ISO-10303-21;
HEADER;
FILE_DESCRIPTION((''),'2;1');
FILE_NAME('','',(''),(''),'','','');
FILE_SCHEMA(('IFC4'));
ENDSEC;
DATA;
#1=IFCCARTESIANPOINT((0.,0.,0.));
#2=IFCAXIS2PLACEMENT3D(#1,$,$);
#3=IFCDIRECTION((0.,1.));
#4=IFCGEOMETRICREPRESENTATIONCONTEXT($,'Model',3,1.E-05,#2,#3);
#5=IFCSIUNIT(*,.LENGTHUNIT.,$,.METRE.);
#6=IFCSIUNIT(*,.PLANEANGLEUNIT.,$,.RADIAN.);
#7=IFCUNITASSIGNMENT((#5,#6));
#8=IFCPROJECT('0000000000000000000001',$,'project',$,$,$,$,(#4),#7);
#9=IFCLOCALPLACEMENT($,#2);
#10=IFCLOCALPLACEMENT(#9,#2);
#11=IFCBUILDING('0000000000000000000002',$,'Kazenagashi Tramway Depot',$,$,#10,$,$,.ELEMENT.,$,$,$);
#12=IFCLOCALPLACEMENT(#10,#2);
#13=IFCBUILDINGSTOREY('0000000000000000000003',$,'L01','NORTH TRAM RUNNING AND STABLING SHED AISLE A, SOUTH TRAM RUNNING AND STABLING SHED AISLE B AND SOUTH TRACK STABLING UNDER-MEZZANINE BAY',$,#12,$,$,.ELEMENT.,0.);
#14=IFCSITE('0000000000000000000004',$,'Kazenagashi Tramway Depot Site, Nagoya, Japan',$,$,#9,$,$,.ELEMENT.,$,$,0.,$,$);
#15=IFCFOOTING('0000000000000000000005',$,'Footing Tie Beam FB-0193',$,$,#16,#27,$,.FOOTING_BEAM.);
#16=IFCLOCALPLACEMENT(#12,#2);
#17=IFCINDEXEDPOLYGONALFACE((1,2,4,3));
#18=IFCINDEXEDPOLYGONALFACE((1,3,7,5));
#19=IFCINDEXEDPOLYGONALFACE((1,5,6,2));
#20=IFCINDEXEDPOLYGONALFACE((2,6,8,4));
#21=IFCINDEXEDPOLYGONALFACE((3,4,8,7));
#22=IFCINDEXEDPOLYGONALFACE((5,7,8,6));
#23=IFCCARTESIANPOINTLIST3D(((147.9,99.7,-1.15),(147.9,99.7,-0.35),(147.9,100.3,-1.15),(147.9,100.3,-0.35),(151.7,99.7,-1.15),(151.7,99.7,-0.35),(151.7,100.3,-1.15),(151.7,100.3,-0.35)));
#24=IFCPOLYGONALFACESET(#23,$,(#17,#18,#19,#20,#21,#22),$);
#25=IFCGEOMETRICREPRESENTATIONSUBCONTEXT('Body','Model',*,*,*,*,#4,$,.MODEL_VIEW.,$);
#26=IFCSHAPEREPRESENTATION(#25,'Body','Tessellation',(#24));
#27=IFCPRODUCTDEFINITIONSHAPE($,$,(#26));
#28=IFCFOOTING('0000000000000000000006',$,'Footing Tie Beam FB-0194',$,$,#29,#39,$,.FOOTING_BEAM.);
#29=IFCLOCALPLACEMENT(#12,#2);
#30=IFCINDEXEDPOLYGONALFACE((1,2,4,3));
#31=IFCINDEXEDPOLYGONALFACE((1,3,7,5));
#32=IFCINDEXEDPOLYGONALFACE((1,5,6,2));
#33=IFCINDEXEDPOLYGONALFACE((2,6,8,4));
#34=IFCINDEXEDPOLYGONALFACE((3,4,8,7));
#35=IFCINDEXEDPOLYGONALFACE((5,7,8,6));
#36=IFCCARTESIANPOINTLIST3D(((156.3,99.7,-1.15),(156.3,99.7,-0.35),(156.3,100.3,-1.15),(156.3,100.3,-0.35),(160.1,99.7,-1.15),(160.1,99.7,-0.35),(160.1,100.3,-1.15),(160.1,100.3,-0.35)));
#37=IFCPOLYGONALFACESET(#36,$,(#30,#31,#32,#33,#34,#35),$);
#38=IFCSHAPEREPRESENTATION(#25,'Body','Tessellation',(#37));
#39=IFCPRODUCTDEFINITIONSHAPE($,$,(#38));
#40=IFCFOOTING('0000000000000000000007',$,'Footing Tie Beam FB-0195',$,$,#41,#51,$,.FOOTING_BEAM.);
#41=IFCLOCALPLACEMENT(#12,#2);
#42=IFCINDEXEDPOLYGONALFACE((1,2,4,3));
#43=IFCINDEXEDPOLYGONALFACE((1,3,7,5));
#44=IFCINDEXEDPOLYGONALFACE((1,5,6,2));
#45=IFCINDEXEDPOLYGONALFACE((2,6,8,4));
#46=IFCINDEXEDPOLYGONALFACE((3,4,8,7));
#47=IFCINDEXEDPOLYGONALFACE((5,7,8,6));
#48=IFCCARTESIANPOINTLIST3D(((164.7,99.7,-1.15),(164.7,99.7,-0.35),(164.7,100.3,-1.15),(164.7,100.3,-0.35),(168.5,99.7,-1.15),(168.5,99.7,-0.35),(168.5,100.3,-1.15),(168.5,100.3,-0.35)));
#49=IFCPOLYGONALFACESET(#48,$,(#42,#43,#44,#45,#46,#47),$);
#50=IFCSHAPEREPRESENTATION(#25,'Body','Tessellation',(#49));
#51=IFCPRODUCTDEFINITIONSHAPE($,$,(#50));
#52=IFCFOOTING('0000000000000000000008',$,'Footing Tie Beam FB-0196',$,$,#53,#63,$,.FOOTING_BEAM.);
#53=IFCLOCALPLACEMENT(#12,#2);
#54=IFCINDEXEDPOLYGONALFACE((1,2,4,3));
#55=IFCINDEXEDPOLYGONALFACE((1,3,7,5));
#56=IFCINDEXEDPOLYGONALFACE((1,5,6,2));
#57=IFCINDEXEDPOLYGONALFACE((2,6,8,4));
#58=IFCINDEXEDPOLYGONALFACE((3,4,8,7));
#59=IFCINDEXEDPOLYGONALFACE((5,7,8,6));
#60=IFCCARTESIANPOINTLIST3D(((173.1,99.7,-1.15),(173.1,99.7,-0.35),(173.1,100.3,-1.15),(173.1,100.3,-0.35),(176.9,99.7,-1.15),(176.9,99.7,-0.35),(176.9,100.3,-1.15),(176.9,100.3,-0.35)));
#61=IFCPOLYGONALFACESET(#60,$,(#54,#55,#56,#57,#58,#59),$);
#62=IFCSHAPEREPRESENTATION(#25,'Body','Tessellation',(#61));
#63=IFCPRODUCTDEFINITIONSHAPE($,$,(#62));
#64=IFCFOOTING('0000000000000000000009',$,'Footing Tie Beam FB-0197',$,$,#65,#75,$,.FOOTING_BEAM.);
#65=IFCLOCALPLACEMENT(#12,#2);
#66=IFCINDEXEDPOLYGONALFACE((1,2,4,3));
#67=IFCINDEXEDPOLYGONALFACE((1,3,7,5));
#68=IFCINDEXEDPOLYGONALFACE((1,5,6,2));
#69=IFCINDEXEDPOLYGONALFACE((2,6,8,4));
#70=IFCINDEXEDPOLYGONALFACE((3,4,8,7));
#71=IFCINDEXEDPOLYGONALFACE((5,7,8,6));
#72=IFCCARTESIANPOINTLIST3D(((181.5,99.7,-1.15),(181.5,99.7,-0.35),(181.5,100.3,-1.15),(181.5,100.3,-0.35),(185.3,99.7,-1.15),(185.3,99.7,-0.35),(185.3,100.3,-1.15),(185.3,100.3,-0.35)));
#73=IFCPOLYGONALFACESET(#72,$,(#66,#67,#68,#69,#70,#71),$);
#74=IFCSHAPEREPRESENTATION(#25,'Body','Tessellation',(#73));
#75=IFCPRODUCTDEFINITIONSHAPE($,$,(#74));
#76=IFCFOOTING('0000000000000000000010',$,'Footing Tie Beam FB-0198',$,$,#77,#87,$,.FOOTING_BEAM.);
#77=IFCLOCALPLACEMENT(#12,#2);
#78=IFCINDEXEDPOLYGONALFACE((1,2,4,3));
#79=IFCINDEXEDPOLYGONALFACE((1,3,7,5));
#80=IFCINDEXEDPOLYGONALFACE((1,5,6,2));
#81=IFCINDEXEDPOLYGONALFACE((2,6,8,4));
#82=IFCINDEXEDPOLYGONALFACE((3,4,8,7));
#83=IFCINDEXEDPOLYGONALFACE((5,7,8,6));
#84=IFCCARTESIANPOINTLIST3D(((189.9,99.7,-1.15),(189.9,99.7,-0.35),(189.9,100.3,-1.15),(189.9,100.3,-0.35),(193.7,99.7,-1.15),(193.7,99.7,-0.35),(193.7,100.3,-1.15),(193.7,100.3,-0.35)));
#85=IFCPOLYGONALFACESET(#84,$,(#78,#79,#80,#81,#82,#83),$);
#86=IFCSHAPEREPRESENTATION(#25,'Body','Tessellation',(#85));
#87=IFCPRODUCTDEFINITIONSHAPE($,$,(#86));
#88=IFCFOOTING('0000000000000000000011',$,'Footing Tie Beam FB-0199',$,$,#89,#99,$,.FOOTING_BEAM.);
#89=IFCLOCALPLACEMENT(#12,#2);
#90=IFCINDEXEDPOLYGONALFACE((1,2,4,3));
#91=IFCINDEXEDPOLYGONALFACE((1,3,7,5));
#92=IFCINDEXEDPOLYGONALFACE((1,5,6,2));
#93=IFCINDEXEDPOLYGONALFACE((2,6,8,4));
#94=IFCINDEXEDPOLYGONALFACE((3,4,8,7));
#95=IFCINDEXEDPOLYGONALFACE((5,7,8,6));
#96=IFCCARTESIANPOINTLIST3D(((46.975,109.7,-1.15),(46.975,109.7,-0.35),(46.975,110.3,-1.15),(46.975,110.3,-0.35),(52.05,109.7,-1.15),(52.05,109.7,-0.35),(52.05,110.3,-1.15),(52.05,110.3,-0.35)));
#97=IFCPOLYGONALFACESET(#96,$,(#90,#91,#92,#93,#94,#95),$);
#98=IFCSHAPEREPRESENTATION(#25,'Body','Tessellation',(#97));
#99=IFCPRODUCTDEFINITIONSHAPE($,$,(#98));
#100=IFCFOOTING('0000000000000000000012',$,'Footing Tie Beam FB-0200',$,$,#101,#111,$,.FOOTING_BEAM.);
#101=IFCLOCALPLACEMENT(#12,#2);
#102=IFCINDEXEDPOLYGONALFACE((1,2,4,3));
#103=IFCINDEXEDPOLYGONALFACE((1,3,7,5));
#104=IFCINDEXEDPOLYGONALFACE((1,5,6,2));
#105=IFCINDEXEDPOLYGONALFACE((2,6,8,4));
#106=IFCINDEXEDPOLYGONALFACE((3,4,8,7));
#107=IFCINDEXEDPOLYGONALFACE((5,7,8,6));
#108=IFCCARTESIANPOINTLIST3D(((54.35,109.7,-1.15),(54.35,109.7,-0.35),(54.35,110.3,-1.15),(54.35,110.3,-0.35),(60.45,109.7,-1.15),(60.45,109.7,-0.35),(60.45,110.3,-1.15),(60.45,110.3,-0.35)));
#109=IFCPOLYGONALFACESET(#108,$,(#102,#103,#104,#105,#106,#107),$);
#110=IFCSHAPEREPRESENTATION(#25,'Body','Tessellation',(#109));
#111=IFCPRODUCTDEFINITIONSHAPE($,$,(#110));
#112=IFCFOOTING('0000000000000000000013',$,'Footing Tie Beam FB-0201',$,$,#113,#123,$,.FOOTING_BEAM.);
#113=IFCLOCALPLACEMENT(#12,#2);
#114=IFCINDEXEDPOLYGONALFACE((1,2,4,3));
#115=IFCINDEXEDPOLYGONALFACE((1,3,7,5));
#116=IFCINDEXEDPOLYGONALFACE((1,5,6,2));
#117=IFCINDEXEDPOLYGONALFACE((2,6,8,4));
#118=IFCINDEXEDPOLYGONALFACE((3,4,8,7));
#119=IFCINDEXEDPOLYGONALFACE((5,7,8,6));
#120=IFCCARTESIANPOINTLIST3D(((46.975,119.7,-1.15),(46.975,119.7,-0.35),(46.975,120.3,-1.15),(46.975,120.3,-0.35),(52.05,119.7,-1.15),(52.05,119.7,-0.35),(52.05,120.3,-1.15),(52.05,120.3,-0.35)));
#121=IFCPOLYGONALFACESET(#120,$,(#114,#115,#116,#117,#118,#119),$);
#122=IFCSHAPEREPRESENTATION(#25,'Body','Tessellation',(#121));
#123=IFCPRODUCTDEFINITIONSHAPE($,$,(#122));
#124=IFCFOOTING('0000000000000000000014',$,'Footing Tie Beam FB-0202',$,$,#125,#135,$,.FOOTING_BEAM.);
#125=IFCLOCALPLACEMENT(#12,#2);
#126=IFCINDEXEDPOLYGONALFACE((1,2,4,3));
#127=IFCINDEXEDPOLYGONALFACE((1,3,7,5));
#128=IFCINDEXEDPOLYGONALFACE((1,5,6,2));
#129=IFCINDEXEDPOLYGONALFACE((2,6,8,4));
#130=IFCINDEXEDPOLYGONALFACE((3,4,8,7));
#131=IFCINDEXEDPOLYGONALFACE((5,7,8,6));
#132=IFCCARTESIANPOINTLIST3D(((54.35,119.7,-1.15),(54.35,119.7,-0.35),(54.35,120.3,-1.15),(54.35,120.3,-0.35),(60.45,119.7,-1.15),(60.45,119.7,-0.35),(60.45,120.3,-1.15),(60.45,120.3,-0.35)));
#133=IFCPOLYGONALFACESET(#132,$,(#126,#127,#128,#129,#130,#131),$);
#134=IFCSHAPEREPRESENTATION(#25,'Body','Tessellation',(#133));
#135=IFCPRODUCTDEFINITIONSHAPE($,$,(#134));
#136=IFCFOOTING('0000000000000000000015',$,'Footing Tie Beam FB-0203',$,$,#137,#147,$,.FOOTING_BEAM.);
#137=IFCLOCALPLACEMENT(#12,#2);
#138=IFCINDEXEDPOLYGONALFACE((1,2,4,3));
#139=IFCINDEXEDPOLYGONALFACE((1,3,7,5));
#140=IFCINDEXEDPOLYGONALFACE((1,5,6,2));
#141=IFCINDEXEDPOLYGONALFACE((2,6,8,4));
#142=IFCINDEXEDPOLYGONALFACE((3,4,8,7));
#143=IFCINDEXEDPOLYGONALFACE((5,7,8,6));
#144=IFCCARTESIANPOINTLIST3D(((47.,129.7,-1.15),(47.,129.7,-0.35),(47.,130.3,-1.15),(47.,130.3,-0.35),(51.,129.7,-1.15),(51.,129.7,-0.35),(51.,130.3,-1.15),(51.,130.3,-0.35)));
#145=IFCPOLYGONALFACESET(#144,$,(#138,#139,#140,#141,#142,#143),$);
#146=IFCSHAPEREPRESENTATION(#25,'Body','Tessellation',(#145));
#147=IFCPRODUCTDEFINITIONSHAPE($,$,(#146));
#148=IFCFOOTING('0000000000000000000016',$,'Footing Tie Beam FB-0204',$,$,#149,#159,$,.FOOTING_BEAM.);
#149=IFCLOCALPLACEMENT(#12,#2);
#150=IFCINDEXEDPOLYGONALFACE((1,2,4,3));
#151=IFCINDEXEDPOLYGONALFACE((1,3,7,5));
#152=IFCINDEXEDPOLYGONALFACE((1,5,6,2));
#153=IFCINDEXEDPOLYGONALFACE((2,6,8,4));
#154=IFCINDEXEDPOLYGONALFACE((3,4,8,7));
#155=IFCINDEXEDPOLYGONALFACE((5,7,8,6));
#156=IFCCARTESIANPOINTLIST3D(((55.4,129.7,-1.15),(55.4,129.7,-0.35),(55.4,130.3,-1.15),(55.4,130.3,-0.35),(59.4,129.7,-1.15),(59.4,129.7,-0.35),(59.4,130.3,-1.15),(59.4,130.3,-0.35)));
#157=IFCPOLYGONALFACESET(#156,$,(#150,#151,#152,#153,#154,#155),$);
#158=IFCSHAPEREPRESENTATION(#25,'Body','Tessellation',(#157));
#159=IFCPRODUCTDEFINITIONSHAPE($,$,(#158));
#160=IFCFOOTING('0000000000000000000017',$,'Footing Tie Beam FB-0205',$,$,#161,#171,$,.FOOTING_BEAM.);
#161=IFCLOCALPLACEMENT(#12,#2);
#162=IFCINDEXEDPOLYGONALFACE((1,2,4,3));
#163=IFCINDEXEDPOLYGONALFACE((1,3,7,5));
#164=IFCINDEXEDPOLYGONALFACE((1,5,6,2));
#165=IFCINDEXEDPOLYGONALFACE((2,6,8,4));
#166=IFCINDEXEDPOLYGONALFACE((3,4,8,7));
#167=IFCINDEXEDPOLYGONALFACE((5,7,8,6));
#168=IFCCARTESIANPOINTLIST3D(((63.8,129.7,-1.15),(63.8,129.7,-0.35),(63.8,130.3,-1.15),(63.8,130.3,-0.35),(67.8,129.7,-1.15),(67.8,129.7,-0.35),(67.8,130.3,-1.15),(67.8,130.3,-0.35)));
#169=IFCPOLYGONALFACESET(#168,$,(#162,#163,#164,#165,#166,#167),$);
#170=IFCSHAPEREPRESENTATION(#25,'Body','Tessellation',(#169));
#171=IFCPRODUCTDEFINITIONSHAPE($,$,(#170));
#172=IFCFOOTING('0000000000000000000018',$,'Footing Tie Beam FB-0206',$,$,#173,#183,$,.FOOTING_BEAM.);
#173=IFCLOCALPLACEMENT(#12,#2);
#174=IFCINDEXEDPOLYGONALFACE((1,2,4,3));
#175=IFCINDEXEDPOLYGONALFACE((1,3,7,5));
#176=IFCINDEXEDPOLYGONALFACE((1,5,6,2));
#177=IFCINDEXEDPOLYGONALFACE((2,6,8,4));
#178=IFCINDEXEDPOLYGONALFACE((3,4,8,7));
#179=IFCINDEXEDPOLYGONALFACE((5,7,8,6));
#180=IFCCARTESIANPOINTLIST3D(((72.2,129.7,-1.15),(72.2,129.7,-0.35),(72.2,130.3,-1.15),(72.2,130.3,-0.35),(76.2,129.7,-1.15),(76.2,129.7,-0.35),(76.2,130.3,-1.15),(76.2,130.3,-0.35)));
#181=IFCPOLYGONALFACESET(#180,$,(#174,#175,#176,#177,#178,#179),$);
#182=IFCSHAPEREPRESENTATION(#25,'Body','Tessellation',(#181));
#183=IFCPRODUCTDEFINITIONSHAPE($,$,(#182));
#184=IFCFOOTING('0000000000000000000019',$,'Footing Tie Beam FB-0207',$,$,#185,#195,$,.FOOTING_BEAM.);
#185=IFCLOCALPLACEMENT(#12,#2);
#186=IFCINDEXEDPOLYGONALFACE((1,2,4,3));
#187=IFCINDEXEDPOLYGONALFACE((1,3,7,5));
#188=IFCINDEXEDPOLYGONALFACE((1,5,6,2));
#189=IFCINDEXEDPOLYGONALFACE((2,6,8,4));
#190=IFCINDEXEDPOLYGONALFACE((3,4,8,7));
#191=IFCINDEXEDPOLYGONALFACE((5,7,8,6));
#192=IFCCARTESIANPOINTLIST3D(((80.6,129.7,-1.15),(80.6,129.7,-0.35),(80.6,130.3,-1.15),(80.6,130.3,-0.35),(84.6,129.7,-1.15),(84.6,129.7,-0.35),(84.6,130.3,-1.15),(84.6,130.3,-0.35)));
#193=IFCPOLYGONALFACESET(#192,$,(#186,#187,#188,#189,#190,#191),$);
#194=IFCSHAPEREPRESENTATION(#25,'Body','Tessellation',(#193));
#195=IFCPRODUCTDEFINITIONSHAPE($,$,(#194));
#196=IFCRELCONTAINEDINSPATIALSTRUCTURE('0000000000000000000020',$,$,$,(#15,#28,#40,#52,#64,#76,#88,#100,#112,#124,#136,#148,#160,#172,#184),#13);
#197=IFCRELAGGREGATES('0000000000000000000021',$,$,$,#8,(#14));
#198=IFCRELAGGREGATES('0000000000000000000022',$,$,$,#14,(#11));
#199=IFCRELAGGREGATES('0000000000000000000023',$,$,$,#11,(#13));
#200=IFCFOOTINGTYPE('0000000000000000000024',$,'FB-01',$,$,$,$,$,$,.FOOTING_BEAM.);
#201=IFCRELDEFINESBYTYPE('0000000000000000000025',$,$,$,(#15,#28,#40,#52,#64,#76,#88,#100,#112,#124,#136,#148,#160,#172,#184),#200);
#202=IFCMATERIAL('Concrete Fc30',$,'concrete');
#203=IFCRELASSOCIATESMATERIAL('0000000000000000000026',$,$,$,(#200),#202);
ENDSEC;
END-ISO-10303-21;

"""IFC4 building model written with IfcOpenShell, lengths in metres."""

from ifc_helpers import new_model, si_unit, direction, frame, origin, place, context, subcontext, project, spatial, polyline, outline, extrude, material, type_object, element, save


model = new_model("IFC4")

# Units and contexts
model_context = context("Model", 3, precision=1e-05, world=origin(), true_north=direction((0.0, 1.0)))
body_context = subcontext(model_context, "Body", "Model", "MODEL_VIEW")
ifc_project = project(units=[si_unit("LENGTHUNIT", "METRE"), si_unit("PLANEANGLEUNIT", "RADIAN")], contexts=[model_context])

# Site, building, storey
site_placement = place(None, origin())
site = spatial("IfcSite", under=ifc_project, at=site_placement, Name="Kazenagashi Tramway Depot Site, Nagoya, Japan", CompositionType="ELEMENT", RefElevation=0.0)
building_placement = place(site_placement, origin())
building = spatial("IfcBuilding", under=site, at=building_placement, Name="Kazenagashi Tramway Depot", CompositionType="ELEMENT")
storey_placement = place(building_placement, origin())
storey = spatial("IfcBuildingStorey", under=building, at=storey_placement, Name="L01", Description="NORTH TRAM RUNNING AND STABLING SHED AISLE A, SOUTH TRAM RUNNING AND STABLING SHED AISLE B AND SOUTH TRACK STABLING UNDER-MEZZANINE BAY", CompositionType="ELEMENT", Elevation=0.0)

# Footings
ifc_material = material(Name="Concrete Fc30", Category="concrete")
footing_type = type_object("IfcFootingType", Name="FB-01", PredefinedType="FOOTING_BEAM", material=ifc_material)
footing_1_placement = place(storey_placement, frame((0.0, 0.0, -1.15)))
element("IfcFooting", 1, at=footing_1_placement, inside=storey, type_object=footing_type, Name="Footing Tie Beam FB-0193", PredefinedType="FOOTING_BEAM", context=body_context, shape_type="SweptSolid", body=[
    extrude(outline(polyline([(147.9, 99.7), (151.7, 99.7), (151.7, 100.3), (147.9, 100.3), (147.9, 99.7)])), origin(), (0.0, 0.0, 1.0), 0.8),
])
footing_2_placement = place(storey_placement, frame((0.0, 0.0, -1.15)))
element("IfcFooting", 2, at=footing_2_placement, inside=storey, type_object=footing_type, Name="Footing Tie Beam FB-0194", PredefinedType="FOOTING_BEAM", context=body_context, shape_type="SweptSolid", body=[
    extrude(outline(polyline([(156.3, 99.7), (160.1, 99.7), (160.1, 100.3), (156.3, 100.3), (156.3, 99.7)])), origin(), (0.0, 0.0, 1.0), 0.8),
])
footing_3_placement = place(storey_placement, frame((0.0, 0.0, -1.15)))
element("IfcFooting", 3, at=footing_3_placement, inside=storey, type_object=footing_type, Name="Footing Tie Beam FB-0195", PredefinedType="FOOTING_BEAM", context=body_context, shape_type="SweptSolid", body=[
    extrude(outline(polyline([(164.7, 99.7), (168.5, 99.7), (168.5, 100.3), (164.7, 100.3), (164.7, 99.7)])), origin(), (0.0, 0.0, 1.0), 0.8),
])
footing_4_placement = place(storey_placement, frame((0.0, 0.0, -1.15)))
element("IfcFooting", 4, at=footing_4_placement, inside=storey, type_object=footing_type, Name="Footing Tie Beam FB-0196", PredefinedType="FOOTING_BEAM", context=body_context, shape_type="SweptSolid", body=[
    extrude(outline(polyline([(173.1, 99.7), (176.9, 99.7), (176.9, 100.3), (173.1, 100.3), (173.1, 99.7)])), origin(), (0.0, 0.0, 1.0), 0.8),
])
footing_5_placement = place(storey_placement, frame((0.0, 0.0, -1.15)))
element("IfcFooting", 5, at=footing_5_placement, inside=storey, type_object=footing_type, Name="Footing Tie Beam FB-0197", PredefinedType="FOOTING_BEAM", context=body_context, shape_type="SweptSolid", body=[
    extrude(outline(polyline([(181.5, 99.7), (185.3, 99.7), (185.3, 100.3), (181.5, 100.3), (181.5, 99.7)])), origin(), (0.0, 0.0, 1.0), 0.8),
])
footing_6_placement = place(storey_placement, frame((0.0, 0.0, -1.15)))
element("IfcFooting", 6, at=footing_6_placement, inside=storey, type_object=footing_type, Name="Footing Tie Beam FB-0198", PredefinedType="FOOTING_BEAM", context=body_context, shape_type="SweptSolid", body=[
    extrude(outline(polyline([(189.9, 99.7), (193.7, 99.7), (193.7, 100.3), (189.9, 100.3), (189.9, 99.7)])), origin(), (0.0, 0.0, 1.0), 0.8),
])
footing_7_placement = place(storey_placement, frame((0.0, 0.0, -1.15)))
element("IfcFooting", 7, at=footing_7_placement, inside=storey, type_object=footing_type, Name="Footing Tie Beam FB-0199", PredefinedType="FOOTING_BEAM", context=body_context, shape_type="SweptSolid", body=[
    extrude(outline(polyline([(46.975, 109.7), (52.05, 109.7), (52.05, 110.3), (46.975, 110.3), (46.975, 109.7)])), origin(), (0.0, 0.0, 1.0), 0.8),
])
footing_8_placement = place(storey_placement, frame((0.0, 0.0, -1.15)))
element("IfcFooting", 8, at=footing_8_placement, inside=storey, type_object=footing_type, Name="Footing Tie Beam FB-0200", PredefinedType="FOOTING_BEAM", context=body_context, shape_type="SweptSolid", body=[
    extrude(outline(polyline([(54.35, 109.7), (60.45, 109.7), (60.45, 110.3), (54.35, 110.3), (54.35, 109.7)])), origin(), (0.0, 0.0, 1.0), 0.8),
])
footing_9_placement = place(storey_placement, frame((0.0, 0.0, -1.15)))
element("IfcFooting", 9, at=footing_9_placement, inside=storey, type_object=footing_type, Name="Footing Tie Beam FB-0201", PredefinedType="FOOTING_BEAM", context=body_context, shape_type="SweptSolid", body=[
    extrude(outline(polyline([(46.975, 119.7), (52.05, 119.7), (52.05, 120.3), (46.975, 120.3), (46.975, 119.7)])), origin(), (0.0, 0.0, 1.0), 0.8),
])
footing_10_placement = place(storey_placement, frame((0.0, 0.0, -1.15)))
element("IfcFooting", 10, at=footing_10_placement, inside=storey, type_object=footing_type, Name="Footing Tie Beam FB-0202", PredefinedType="FOOTING_BEAM", context=body_context, shape_type="SweptSolid", body=[
    extrude(outline(polyline([(54.35, 119.7), (60.45, 119.7), (60.45, 120.3), (54.35, 120.3), (54.35, 119.7)])), origin(), (0.0, 0.0, 1.0), 0.8),
])
footing_11_placement = place(storey_placement, frame((0.0, 0.0, -1.15)))
element("IfcFooting", 11, at=footing_11_placement, inside=storey, type_object=footing_type, Name="Footing Tie Beam FB-0203", PredefinedType="FOOTING_BEAM", context=body_context, shape_type="SweptSolid", body=[
    extrude(outline(polyline([(47.0, 129.7), (51.0, 129.7), (51.0, 130.3), (47.0, 130.3), (47.0, 129.7)])), origin(), (0.0, 0.0, 1.0), 0.8),
])
footing_12_placement = place(storey_placement, frame((0.0, 0.0, -1.15)))
element("IfcFooting", 12, at=footing_12_placement, inside=storey, type_object=footing_type, Name="Footing Tie Beam FB-0204", PredefinedType="FOOTING_BEAM", context=body_context, shape_type="SweptSolid", body=[
    extrude(outline(polyline([(55.4, 129.7), (59.4, 129.7), (59.4, 130.3), (55.4, 130.3), (55.4, 129.7)])), origin(), (0.0, 0.0, 1.0), 0.8),
])
footing_13_placement = place(storey_placement, frame((0.0, 0.0, -1.15)))
element("IfcFooting", 13, at=footing_13_placement, inside=storey, type_object=footing_type, Name="Footing Tie Beam FB-0205", PredefinedType="FOOTING_BEAM", context=body_context, shape_type="SweptSolid", body=[
    extrude(outline(polyline([(63.8, 129.7), (67.8, 129.7), (67.8, 130.3), (63.8, 130.3), (63.8, 129.7)])), origin(), (0.0, 0.0, 1.0), 0.8),
])
footing_14_placement = place(storey_placement, frame((0.0, 0.0, -1.15)))
element("IfcFooting", 14, at=footing_14_placement, inside=storey, type_object=footing_type, Name="Footing Tie Beam FB-0206", PredefinedType="FOOTING_BEAM", context=body_context, shape_type="SweptSolid", body=[
    extrude(outline(polyline([(72.2, 129.7), (76.2, 129.7), (76.2, 130.3), (72.2, 130.3), (72.2, 129.7)])), origin(), (0.0, 0.0, 1.0), 0.8),
])
footing_15_placement = place(storey_placement, frame((0.0, 0.0, -1.15)))
element("IfcFooting", 15, at=footing_15_placement, inside=storey, type_object=footing_type, Name="Footing Tie Beam FB-0207", PredefinedType="FOOTING_BEAM", context=body_context, shape_type="SweptSolid", body=[
    extrude(outline(polyline([(80.6, 129.7), (84.6, 129.7), (84.6, 130.3), (80.6, 130.3), (80.6, 129.7)])), origin(), (0.0, 0.0, 1.0), 0.8),
])

save(model, "model.ifc")
